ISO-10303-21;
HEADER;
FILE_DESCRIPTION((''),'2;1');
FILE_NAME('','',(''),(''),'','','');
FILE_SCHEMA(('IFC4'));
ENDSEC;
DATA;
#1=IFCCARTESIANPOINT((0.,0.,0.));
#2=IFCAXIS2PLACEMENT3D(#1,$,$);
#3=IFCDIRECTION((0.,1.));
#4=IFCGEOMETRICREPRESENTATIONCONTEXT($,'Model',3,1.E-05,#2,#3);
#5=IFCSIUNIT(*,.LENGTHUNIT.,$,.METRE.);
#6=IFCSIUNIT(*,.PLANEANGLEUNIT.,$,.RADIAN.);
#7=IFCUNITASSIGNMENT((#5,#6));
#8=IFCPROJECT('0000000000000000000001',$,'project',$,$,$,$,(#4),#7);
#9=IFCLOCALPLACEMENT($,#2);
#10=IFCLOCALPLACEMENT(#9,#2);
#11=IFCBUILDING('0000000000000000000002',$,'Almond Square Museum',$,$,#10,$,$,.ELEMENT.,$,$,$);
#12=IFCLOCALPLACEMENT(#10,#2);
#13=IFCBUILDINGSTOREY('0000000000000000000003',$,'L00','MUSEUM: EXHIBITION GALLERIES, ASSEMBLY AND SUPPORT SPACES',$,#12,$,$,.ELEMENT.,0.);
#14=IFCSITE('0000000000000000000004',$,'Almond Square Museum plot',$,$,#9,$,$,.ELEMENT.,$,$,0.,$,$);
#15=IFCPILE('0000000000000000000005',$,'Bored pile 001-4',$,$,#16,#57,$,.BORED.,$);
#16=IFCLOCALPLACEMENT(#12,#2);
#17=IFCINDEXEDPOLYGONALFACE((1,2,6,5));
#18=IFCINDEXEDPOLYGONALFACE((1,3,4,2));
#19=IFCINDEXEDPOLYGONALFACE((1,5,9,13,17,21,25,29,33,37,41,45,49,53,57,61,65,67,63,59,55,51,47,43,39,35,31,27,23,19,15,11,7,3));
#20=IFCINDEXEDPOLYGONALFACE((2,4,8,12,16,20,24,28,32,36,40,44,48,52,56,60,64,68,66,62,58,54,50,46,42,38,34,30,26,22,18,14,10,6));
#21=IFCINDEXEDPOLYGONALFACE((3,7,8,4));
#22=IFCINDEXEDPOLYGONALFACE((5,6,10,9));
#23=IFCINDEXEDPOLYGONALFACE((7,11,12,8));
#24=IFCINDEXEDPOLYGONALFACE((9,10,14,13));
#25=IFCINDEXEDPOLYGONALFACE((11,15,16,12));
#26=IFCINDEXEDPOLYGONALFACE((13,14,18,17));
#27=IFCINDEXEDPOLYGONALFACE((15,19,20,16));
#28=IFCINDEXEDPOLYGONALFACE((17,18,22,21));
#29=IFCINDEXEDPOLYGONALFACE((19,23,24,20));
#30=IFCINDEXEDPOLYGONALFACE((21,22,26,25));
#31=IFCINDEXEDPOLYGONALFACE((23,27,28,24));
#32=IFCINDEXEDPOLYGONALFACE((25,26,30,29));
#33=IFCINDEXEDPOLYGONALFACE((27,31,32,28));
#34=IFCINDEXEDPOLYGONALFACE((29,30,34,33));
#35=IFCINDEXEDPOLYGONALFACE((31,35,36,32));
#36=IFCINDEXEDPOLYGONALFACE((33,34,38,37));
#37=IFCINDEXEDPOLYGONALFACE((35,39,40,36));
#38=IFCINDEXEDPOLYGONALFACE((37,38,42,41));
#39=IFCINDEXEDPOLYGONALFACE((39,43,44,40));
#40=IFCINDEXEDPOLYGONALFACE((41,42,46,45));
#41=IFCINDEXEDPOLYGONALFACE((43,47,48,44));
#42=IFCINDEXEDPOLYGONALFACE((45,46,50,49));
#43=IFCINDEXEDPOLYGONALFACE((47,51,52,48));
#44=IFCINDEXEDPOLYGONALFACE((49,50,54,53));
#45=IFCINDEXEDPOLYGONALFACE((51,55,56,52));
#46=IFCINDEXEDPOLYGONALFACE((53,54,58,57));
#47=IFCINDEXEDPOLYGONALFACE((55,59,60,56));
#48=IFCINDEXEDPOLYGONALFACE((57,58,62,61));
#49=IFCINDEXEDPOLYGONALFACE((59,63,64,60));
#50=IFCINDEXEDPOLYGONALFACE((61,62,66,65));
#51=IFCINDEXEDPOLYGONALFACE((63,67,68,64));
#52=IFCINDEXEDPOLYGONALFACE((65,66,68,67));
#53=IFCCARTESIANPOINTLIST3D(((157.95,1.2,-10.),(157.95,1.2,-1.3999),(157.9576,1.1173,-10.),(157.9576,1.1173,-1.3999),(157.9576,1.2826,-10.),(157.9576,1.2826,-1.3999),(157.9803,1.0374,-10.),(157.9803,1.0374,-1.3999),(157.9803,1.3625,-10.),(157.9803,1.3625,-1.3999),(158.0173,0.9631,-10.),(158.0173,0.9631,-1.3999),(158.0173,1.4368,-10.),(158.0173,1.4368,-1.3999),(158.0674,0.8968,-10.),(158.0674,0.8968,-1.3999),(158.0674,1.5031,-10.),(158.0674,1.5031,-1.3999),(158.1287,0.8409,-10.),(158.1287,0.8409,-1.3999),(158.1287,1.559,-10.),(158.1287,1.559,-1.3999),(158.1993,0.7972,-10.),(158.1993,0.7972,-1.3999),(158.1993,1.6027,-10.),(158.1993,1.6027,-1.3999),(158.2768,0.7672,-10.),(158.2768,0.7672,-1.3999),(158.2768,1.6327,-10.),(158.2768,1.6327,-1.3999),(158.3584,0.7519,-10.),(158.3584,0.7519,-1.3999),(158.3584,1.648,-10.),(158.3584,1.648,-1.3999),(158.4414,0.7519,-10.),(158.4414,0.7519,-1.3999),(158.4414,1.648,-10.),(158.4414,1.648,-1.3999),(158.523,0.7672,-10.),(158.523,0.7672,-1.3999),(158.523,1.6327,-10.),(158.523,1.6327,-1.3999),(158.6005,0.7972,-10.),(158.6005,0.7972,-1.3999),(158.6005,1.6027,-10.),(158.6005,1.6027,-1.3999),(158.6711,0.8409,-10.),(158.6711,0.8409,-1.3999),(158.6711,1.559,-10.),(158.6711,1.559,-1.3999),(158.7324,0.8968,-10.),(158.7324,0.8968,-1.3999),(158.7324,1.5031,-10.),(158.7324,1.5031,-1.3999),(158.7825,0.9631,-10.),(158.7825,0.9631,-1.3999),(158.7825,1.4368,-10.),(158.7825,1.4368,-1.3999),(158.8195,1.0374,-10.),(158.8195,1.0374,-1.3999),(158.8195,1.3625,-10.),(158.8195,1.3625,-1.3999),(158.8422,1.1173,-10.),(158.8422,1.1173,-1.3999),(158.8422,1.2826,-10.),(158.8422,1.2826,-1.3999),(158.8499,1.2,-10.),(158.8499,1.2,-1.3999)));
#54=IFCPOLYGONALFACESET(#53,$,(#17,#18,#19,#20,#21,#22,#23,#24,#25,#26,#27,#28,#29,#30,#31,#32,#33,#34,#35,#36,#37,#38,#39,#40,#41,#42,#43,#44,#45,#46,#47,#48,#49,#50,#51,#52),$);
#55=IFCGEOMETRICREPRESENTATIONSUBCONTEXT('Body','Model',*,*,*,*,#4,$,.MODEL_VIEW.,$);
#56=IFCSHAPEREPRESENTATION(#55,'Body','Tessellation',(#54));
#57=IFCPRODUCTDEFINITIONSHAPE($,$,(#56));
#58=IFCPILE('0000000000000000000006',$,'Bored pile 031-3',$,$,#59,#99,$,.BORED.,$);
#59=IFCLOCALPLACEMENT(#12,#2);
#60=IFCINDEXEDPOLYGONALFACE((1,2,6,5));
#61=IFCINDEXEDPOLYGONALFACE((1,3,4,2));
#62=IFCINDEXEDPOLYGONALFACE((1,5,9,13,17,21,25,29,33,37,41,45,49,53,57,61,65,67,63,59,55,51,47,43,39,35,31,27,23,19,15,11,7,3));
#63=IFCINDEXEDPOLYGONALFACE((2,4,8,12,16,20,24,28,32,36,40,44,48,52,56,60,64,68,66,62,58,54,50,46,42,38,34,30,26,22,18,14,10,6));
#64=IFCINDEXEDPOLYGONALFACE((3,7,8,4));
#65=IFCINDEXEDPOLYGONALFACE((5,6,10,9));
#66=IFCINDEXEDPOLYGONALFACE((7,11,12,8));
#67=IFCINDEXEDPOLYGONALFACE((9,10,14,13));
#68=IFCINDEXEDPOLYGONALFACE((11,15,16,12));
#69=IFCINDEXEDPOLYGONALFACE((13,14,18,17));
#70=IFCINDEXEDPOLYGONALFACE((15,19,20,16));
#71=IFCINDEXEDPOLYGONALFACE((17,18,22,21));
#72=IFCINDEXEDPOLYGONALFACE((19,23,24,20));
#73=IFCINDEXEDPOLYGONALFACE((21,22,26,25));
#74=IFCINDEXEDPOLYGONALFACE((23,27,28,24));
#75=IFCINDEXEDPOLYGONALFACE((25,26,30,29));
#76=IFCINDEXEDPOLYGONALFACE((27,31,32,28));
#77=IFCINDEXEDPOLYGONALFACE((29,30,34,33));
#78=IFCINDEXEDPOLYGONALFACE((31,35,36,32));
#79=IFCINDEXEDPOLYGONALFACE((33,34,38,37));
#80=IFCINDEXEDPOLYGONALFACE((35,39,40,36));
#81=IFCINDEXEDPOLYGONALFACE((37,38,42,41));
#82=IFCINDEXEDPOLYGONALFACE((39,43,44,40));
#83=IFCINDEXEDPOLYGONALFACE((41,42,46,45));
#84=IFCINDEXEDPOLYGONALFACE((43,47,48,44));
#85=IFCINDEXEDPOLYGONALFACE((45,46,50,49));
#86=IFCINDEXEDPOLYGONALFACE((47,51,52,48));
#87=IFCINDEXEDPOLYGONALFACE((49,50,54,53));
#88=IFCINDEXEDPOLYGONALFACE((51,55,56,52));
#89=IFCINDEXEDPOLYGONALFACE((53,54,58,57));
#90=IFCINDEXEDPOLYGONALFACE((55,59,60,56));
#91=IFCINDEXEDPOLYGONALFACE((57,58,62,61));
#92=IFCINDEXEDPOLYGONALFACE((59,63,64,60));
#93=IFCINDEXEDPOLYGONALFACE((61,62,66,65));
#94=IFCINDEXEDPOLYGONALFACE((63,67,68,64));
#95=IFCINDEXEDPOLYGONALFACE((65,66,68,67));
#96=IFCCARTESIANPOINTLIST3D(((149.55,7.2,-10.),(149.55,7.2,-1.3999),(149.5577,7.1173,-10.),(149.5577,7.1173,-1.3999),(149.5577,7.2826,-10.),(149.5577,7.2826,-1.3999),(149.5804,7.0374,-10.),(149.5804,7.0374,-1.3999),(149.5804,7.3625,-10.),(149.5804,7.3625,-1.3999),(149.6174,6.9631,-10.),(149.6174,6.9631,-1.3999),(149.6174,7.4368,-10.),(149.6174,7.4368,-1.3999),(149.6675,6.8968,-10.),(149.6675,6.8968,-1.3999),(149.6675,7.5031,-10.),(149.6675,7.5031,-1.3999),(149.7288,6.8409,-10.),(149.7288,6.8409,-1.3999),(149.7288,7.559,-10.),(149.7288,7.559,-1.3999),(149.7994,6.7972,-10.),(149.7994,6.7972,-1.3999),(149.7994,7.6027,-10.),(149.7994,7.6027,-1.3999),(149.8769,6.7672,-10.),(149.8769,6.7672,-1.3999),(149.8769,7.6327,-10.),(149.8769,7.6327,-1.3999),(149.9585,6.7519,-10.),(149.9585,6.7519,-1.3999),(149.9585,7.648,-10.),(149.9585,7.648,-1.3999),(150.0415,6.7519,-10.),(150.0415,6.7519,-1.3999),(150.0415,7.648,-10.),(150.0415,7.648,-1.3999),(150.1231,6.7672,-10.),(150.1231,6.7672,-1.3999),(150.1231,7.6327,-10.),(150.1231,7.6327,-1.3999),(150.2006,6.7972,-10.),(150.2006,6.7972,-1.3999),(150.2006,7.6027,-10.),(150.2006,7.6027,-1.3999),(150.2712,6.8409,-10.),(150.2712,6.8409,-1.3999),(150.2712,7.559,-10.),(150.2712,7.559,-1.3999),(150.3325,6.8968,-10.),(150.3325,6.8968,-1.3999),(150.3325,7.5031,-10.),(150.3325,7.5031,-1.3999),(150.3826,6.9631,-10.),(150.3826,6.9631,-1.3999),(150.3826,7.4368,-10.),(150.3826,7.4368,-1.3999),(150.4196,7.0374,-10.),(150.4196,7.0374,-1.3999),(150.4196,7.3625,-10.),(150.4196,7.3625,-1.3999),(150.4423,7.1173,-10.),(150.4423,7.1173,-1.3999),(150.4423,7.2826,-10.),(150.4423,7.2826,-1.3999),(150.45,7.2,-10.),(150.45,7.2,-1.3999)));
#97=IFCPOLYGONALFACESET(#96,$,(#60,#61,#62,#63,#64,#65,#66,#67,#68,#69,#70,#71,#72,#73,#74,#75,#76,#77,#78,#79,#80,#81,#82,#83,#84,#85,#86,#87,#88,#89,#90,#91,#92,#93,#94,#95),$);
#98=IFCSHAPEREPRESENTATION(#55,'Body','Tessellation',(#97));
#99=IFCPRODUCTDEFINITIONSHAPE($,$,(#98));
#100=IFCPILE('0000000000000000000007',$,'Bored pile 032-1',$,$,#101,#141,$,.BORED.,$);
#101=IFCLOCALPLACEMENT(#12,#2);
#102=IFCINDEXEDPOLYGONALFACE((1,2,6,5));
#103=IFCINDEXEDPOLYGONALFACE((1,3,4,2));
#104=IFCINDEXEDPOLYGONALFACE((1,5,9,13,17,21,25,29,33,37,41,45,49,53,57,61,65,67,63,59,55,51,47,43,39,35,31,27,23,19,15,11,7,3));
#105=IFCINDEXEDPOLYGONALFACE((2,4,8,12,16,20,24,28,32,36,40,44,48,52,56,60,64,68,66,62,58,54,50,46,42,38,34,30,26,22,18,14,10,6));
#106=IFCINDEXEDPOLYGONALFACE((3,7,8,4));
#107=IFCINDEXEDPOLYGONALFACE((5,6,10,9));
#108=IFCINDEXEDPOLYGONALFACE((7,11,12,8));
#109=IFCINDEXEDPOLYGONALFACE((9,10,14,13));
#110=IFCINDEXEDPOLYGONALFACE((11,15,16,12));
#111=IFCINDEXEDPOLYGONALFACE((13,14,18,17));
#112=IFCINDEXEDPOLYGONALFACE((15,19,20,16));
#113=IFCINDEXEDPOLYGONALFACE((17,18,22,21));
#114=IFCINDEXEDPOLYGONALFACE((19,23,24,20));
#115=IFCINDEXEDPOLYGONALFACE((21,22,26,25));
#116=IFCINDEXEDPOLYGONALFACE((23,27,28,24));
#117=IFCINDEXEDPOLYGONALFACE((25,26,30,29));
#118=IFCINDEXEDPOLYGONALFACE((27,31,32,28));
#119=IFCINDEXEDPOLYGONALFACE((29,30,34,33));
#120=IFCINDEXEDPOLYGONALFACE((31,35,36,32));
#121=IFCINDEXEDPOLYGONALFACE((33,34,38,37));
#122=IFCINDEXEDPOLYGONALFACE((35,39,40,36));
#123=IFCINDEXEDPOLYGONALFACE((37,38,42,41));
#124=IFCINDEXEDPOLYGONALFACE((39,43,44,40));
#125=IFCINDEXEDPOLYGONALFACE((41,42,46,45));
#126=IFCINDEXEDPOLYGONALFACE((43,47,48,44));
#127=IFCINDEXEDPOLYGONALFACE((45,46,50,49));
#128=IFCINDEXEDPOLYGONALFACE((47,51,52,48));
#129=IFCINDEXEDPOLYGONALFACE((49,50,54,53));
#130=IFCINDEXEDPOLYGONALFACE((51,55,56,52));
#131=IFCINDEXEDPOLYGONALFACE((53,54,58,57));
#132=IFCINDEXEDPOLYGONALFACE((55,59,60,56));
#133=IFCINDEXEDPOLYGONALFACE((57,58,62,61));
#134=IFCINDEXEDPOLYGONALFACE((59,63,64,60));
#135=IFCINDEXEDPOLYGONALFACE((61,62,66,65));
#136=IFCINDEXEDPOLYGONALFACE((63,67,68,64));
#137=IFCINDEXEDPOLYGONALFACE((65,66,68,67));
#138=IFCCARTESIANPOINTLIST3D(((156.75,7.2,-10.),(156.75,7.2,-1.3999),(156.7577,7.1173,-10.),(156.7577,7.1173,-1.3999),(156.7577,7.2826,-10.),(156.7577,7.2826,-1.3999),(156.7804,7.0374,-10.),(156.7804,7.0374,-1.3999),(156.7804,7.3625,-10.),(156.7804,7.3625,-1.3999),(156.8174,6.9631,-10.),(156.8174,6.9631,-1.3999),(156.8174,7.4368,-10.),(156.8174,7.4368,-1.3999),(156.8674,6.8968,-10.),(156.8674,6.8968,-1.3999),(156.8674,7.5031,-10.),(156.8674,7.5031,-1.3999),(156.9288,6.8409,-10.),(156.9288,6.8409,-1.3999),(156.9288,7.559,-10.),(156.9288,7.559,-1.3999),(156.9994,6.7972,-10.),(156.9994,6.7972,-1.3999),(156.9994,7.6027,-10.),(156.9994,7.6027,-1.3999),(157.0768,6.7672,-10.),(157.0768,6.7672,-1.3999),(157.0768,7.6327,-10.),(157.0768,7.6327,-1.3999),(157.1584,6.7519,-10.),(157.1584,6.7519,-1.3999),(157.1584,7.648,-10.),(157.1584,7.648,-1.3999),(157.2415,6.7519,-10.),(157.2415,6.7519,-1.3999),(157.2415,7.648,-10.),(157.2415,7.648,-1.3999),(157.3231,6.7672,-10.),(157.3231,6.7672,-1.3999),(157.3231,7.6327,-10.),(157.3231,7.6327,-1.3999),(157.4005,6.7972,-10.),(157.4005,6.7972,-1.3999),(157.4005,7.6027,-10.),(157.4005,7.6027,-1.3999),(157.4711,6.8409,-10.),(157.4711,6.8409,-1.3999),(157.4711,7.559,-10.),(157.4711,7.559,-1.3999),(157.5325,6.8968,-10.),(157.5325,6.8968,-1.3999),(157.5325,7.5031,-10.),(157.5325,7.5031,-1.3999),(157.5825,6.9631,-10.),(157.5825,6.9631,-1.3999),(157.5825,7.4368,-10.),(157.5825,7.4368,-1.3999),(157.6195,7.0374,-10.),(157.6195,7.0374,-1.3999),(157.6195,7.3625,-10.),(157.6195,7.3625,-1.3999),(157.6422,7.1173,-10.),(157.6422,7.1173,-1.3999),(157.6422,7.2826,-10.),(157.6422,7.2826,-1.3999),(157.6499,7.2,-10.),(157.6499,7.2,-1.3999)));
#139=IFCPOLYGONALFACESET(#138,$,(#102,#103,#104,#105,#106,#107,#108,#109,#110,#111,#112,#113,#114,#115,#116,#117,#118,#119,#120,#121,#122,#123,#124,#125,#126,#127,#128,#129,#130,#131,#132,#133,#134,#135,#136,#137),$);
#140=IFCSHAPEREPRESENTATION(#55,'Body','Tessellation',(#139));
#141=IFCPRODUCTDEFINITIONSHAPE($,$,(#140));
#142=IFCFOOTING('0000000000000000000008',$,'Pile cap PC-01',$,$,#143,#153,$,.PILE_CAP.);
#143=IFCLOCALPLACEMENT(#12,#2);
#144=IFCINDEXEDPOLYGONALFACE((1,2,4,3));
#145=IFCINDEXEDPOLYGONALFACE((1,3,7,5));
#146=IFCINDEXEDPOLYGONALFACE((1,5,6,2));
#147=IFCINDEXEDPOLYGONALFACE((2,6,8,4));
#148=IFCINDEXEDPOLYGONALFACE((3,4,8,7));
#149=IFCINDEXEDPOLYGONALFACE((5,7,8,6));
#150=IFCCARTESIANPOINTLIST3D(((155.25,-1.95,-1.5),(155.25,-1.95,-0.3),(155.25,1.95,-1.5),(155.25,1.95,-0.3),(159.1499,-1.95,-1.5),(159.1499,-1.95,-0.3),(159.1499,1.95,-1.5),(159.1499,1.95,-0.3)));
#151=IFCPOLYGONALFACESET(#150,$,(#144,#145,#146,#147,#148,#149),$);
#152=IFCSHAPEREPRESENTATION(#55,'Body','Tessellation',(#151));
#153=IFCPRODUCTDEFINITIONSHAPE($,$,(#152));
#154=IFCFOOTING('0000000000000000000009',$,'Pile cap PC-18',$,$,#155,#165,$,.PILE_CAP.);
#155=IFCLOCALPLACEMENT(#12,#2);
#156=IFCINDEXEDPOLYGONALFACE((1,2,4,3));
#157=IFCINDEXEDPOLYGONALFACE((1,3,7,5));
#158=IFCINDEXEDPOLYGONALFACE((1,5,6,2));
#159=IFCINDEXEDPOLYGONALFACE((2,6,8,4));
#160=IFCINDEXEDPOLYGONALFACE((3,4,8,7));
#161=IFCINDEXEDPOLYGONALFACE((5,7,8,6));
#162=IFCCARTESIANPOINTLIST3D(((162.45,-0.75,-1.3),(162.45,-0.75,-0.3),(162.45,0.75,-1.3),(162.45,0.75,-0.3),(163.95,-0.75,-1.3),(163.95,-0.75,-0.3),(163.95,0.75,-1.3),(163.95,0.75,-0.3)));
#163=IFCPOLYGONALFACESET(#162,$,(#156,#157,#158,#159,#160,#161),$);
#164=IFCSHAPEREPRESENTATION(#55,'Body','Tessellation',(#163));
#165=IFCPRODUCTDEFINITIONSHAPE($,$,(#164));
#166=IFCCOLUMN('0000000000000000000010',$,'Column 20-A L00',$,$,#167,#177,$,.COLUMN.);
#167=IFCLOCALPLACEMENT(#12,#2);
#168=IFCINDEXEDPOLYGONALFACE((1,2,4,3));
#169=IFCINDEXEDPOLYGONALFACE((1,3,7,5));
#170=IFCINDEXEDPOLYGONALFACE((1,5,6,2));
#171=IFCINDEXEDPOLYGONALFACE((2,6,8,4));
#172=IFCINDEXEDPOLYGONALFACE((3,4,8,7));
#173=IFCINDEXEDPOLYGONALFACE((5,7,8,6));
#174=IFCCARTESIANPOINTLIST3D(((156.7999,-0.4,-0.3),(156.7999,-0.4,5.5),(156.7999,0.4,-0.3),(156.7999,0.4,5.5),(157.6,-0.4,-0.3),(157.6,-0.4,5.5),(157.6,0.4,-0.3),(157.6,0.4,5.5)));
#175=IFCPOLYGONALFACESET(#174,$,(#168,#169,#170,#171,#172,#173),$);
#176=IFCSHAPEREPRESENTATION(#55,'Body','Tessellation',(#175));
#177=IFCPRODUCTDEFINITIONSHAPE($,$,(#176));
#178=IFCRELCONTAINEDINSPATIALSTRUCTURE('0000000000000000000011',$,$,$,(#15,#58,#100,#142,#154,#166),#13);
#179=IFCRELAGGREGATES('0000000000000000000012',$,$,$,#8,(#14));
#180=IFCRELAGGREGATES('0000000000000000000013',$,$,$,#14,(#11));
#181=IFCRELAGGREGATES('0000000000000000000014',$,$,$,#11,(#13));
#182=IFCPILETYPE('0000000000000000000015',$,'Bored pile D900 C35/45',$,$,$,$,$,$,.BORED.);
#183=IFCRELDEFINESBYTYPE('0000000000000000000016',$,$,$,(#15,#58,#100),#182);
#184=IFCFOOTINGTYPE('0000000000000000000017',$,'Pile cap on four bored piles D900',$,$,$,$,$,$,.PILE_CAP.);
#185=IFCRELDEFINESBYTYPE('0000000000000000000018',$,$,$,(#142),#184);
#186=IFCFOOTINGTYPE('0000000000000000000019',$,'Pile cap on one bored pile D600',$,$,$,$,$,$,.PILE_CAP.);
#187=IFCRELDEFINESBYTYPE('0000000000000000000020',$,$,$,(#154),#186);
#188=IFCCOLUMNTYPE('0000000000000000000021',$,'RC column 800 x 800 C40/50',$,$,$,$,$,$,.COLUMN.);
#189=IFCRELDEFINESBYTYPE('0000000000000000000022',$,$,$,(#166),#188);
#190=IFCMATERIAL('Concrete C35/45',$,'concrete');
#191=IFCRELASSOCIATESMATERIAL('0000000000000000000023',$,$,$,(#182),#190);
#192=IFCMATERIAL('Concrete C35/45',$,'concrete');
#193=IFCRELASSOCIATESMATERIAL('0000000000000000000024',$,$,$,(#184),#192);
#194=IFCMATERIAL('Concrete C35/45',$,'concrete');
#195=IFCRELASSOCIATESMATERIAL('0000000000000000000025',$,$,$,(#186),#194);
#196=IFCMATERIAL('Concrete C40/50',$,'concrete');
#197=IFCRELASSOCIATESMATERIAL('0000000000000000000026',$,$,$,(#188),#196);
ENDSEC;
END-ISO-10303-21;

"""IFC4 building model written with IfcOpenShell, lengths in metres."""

from ifc_helpers import new_model, si_unit, direction, frame, origin, origin_2d, place, context, subcontext, project, spatial, rectangle, circle, extrude, material, material_profile, profile_set, type_object, element, save


model = new_model("IFC4")

# Units and contexts
model_context = context("Model", 3, precision=1e-05, world=origin(), true_north=direction((0.0, 1.0)))
body_context = subcontext(model_context, "Body", "Model", "MODEL_VIEW")
ifc_project = project(units=[si_unit("LENGTHUNIT", "METRE"), si_unit("PLANEANGLEUNIT", "RADIAN")], contexts=[model_context])

# Site, building, storey
site_placement = place(None, origin())
site = spatial("IfcSite", under=ifc_project, at=site_placement, Name="Almond Square Museum plot", CompositionType="ELEMENT", RefElevation=0.0)
building_placement = place(site_placement, origin())
building = spatial("IfcBuilding", under=site, at=building_placement, Name="Almond Square Museum", CompositionType="ELEMENT")
storey_placement = place(building_placement, origin())
storey = spatial("IfcBuildingStorey", under=building, at=storey_placement, Name="L00", Description="MUSEUM: EXHIBITION GALLERIES, ASSEMBLY AND SUPPORT SPACES", CompositionType="ELEMENT", Elevation=0.0)

# Piles
ifc_material_1 = material(Name="Concrete C35/45", Category="concrete")
ifc_material_profile_1 = material_profile(ifc_material_1, circle(Radius=0.45, at=origin_2d()))
ifc_profile_set_1 = profile_set([ifc_material_profile_1], Name="Concrete C35/45")
pile_type_1 = type_object("IfcPileType", Name="Bored pile D900 C35/45", PredefinedType="BORED", material=ifc_profile_set_1)
for number, where, z_axis, x_axis, name in (
    (1, (158.3999, 1.2, -1.3999), (0.0, 0.0, -1.0), (1.0, 0.0, 0.0), "Bored pile 001-4"),
    (2, (150.0, 7.2, -1.3999), (0.0, 0.0, -1.0), (1.0, 0.0, 0.0), "Bored pile 031-3"),
    (3, (157.2, 7.2, -1.3999), (0.0, 0.0, -1.0), (1.0, 0.0, 0.0), "Bored pile 032-1"),
):
    element("IfcPile", number, at=place(storey_placement, frame(where, z_axis=z_axis, x_axis=x_axis)), inside=storey, type_object=pile_type_1, Name=name, PredefinedType="BORED", context=body_context, shape_type="SweptSolid", body=[
        extrude(circle(Radius=0.45, at=origin_2d()), origin(), (0.0, 0.0, 1.0), 8.6001),
    ])

# Footings
ifc_material_2 = material(Name="Concrete C35/45", Category="concrete")
footing_type_1 = type_object("IfcFootingType", Name="Pile cap on four bored piles D900", PredefinedType="PILE_CAP", material=ifc_material_2)
footing_1_placement = place(storey_placement, frame((157.2, 0.0, -1.5), z_axis=(0.0, 0.0, 1.0), x_axis=(1.0, 0.0, 0.0)))
element("IfcFooting", 4, at=footing_1_placement, inside=storey, type_object=footing_type_1, Name="Pile cap PC-01", PredefinedType="PILE_CAP", context=body_context, shape_type="SweptSolid", body=[
    extrude(rectangle(XDim=3.8999, YDim=3.8999, at=origin_2d()), origin(), (0.0, 0.0, 1.0), 1.2),
])
ifc_material_3 = material(Name="Concrete C35/45", Category="concrete")
footing_type_2 = type_object("IfcFootingType", Name="Pile cap on one bored pile D600", PredefinedType="PILE_CAP", material=ifc_material_3)
footing_2_placement = place(storey_placement, frame((163.2, 0.0, -1.3), z_axis=(0.0, 0.0, 1.0), x_axis=(1.0, 0.0, 0.0)))
element("IfcFooting", 5, at=footing_2_placement, inside=storey, type_object=footing_type_2, Name="Pile cap PC-18", PredefinedType="PILE_CAP", context=body_context, shape_type="SweptSolid", body=[
    extrude(rectangle(XDim=1.5, YDim=1.5, at=origin_2d()), origin(), (0.0, 0.0, 1.0), 1.0),
])

# Column
ifc_material_4 = material(Name="Concrete C40/50", Category="concrete")
ifc_material_profile_2 = material_profile(ifc_material_4, rectangle(XDim=0.8, YDim=0.8, at=origin_2d()))
ifc_profile_set_2 = profile_set([ifc_material_profile_2], Name="Concrete C40/50")
column_type_1 = type_object("IfcColumnType", Name="RC column 800 x 800 C40/50", PredefinedType="COLUMN", material=ifc_profile_set_2)
column_1_placement = place(storey_placement, frame((157.2, 0.0, -0.3), z_axis=(0.0, 0.0, 1.0), x_axis=(1.0, 0.0, 0.0)))
element("IfcColumn", 6, at=column_1_placement, inside=storey, type_object=column_type_1, Name="Column 20-A L00", PredefinedType="COLUMN", context=body_context, shape_type="SweptSolid", body=[
    extrude(rectangle(XDim=0.8, YDim=0.8, at=origin_2d()), origin(), (0.0, 0.0, 1.0), 5.8),
])

save(model, "model.ifc")
